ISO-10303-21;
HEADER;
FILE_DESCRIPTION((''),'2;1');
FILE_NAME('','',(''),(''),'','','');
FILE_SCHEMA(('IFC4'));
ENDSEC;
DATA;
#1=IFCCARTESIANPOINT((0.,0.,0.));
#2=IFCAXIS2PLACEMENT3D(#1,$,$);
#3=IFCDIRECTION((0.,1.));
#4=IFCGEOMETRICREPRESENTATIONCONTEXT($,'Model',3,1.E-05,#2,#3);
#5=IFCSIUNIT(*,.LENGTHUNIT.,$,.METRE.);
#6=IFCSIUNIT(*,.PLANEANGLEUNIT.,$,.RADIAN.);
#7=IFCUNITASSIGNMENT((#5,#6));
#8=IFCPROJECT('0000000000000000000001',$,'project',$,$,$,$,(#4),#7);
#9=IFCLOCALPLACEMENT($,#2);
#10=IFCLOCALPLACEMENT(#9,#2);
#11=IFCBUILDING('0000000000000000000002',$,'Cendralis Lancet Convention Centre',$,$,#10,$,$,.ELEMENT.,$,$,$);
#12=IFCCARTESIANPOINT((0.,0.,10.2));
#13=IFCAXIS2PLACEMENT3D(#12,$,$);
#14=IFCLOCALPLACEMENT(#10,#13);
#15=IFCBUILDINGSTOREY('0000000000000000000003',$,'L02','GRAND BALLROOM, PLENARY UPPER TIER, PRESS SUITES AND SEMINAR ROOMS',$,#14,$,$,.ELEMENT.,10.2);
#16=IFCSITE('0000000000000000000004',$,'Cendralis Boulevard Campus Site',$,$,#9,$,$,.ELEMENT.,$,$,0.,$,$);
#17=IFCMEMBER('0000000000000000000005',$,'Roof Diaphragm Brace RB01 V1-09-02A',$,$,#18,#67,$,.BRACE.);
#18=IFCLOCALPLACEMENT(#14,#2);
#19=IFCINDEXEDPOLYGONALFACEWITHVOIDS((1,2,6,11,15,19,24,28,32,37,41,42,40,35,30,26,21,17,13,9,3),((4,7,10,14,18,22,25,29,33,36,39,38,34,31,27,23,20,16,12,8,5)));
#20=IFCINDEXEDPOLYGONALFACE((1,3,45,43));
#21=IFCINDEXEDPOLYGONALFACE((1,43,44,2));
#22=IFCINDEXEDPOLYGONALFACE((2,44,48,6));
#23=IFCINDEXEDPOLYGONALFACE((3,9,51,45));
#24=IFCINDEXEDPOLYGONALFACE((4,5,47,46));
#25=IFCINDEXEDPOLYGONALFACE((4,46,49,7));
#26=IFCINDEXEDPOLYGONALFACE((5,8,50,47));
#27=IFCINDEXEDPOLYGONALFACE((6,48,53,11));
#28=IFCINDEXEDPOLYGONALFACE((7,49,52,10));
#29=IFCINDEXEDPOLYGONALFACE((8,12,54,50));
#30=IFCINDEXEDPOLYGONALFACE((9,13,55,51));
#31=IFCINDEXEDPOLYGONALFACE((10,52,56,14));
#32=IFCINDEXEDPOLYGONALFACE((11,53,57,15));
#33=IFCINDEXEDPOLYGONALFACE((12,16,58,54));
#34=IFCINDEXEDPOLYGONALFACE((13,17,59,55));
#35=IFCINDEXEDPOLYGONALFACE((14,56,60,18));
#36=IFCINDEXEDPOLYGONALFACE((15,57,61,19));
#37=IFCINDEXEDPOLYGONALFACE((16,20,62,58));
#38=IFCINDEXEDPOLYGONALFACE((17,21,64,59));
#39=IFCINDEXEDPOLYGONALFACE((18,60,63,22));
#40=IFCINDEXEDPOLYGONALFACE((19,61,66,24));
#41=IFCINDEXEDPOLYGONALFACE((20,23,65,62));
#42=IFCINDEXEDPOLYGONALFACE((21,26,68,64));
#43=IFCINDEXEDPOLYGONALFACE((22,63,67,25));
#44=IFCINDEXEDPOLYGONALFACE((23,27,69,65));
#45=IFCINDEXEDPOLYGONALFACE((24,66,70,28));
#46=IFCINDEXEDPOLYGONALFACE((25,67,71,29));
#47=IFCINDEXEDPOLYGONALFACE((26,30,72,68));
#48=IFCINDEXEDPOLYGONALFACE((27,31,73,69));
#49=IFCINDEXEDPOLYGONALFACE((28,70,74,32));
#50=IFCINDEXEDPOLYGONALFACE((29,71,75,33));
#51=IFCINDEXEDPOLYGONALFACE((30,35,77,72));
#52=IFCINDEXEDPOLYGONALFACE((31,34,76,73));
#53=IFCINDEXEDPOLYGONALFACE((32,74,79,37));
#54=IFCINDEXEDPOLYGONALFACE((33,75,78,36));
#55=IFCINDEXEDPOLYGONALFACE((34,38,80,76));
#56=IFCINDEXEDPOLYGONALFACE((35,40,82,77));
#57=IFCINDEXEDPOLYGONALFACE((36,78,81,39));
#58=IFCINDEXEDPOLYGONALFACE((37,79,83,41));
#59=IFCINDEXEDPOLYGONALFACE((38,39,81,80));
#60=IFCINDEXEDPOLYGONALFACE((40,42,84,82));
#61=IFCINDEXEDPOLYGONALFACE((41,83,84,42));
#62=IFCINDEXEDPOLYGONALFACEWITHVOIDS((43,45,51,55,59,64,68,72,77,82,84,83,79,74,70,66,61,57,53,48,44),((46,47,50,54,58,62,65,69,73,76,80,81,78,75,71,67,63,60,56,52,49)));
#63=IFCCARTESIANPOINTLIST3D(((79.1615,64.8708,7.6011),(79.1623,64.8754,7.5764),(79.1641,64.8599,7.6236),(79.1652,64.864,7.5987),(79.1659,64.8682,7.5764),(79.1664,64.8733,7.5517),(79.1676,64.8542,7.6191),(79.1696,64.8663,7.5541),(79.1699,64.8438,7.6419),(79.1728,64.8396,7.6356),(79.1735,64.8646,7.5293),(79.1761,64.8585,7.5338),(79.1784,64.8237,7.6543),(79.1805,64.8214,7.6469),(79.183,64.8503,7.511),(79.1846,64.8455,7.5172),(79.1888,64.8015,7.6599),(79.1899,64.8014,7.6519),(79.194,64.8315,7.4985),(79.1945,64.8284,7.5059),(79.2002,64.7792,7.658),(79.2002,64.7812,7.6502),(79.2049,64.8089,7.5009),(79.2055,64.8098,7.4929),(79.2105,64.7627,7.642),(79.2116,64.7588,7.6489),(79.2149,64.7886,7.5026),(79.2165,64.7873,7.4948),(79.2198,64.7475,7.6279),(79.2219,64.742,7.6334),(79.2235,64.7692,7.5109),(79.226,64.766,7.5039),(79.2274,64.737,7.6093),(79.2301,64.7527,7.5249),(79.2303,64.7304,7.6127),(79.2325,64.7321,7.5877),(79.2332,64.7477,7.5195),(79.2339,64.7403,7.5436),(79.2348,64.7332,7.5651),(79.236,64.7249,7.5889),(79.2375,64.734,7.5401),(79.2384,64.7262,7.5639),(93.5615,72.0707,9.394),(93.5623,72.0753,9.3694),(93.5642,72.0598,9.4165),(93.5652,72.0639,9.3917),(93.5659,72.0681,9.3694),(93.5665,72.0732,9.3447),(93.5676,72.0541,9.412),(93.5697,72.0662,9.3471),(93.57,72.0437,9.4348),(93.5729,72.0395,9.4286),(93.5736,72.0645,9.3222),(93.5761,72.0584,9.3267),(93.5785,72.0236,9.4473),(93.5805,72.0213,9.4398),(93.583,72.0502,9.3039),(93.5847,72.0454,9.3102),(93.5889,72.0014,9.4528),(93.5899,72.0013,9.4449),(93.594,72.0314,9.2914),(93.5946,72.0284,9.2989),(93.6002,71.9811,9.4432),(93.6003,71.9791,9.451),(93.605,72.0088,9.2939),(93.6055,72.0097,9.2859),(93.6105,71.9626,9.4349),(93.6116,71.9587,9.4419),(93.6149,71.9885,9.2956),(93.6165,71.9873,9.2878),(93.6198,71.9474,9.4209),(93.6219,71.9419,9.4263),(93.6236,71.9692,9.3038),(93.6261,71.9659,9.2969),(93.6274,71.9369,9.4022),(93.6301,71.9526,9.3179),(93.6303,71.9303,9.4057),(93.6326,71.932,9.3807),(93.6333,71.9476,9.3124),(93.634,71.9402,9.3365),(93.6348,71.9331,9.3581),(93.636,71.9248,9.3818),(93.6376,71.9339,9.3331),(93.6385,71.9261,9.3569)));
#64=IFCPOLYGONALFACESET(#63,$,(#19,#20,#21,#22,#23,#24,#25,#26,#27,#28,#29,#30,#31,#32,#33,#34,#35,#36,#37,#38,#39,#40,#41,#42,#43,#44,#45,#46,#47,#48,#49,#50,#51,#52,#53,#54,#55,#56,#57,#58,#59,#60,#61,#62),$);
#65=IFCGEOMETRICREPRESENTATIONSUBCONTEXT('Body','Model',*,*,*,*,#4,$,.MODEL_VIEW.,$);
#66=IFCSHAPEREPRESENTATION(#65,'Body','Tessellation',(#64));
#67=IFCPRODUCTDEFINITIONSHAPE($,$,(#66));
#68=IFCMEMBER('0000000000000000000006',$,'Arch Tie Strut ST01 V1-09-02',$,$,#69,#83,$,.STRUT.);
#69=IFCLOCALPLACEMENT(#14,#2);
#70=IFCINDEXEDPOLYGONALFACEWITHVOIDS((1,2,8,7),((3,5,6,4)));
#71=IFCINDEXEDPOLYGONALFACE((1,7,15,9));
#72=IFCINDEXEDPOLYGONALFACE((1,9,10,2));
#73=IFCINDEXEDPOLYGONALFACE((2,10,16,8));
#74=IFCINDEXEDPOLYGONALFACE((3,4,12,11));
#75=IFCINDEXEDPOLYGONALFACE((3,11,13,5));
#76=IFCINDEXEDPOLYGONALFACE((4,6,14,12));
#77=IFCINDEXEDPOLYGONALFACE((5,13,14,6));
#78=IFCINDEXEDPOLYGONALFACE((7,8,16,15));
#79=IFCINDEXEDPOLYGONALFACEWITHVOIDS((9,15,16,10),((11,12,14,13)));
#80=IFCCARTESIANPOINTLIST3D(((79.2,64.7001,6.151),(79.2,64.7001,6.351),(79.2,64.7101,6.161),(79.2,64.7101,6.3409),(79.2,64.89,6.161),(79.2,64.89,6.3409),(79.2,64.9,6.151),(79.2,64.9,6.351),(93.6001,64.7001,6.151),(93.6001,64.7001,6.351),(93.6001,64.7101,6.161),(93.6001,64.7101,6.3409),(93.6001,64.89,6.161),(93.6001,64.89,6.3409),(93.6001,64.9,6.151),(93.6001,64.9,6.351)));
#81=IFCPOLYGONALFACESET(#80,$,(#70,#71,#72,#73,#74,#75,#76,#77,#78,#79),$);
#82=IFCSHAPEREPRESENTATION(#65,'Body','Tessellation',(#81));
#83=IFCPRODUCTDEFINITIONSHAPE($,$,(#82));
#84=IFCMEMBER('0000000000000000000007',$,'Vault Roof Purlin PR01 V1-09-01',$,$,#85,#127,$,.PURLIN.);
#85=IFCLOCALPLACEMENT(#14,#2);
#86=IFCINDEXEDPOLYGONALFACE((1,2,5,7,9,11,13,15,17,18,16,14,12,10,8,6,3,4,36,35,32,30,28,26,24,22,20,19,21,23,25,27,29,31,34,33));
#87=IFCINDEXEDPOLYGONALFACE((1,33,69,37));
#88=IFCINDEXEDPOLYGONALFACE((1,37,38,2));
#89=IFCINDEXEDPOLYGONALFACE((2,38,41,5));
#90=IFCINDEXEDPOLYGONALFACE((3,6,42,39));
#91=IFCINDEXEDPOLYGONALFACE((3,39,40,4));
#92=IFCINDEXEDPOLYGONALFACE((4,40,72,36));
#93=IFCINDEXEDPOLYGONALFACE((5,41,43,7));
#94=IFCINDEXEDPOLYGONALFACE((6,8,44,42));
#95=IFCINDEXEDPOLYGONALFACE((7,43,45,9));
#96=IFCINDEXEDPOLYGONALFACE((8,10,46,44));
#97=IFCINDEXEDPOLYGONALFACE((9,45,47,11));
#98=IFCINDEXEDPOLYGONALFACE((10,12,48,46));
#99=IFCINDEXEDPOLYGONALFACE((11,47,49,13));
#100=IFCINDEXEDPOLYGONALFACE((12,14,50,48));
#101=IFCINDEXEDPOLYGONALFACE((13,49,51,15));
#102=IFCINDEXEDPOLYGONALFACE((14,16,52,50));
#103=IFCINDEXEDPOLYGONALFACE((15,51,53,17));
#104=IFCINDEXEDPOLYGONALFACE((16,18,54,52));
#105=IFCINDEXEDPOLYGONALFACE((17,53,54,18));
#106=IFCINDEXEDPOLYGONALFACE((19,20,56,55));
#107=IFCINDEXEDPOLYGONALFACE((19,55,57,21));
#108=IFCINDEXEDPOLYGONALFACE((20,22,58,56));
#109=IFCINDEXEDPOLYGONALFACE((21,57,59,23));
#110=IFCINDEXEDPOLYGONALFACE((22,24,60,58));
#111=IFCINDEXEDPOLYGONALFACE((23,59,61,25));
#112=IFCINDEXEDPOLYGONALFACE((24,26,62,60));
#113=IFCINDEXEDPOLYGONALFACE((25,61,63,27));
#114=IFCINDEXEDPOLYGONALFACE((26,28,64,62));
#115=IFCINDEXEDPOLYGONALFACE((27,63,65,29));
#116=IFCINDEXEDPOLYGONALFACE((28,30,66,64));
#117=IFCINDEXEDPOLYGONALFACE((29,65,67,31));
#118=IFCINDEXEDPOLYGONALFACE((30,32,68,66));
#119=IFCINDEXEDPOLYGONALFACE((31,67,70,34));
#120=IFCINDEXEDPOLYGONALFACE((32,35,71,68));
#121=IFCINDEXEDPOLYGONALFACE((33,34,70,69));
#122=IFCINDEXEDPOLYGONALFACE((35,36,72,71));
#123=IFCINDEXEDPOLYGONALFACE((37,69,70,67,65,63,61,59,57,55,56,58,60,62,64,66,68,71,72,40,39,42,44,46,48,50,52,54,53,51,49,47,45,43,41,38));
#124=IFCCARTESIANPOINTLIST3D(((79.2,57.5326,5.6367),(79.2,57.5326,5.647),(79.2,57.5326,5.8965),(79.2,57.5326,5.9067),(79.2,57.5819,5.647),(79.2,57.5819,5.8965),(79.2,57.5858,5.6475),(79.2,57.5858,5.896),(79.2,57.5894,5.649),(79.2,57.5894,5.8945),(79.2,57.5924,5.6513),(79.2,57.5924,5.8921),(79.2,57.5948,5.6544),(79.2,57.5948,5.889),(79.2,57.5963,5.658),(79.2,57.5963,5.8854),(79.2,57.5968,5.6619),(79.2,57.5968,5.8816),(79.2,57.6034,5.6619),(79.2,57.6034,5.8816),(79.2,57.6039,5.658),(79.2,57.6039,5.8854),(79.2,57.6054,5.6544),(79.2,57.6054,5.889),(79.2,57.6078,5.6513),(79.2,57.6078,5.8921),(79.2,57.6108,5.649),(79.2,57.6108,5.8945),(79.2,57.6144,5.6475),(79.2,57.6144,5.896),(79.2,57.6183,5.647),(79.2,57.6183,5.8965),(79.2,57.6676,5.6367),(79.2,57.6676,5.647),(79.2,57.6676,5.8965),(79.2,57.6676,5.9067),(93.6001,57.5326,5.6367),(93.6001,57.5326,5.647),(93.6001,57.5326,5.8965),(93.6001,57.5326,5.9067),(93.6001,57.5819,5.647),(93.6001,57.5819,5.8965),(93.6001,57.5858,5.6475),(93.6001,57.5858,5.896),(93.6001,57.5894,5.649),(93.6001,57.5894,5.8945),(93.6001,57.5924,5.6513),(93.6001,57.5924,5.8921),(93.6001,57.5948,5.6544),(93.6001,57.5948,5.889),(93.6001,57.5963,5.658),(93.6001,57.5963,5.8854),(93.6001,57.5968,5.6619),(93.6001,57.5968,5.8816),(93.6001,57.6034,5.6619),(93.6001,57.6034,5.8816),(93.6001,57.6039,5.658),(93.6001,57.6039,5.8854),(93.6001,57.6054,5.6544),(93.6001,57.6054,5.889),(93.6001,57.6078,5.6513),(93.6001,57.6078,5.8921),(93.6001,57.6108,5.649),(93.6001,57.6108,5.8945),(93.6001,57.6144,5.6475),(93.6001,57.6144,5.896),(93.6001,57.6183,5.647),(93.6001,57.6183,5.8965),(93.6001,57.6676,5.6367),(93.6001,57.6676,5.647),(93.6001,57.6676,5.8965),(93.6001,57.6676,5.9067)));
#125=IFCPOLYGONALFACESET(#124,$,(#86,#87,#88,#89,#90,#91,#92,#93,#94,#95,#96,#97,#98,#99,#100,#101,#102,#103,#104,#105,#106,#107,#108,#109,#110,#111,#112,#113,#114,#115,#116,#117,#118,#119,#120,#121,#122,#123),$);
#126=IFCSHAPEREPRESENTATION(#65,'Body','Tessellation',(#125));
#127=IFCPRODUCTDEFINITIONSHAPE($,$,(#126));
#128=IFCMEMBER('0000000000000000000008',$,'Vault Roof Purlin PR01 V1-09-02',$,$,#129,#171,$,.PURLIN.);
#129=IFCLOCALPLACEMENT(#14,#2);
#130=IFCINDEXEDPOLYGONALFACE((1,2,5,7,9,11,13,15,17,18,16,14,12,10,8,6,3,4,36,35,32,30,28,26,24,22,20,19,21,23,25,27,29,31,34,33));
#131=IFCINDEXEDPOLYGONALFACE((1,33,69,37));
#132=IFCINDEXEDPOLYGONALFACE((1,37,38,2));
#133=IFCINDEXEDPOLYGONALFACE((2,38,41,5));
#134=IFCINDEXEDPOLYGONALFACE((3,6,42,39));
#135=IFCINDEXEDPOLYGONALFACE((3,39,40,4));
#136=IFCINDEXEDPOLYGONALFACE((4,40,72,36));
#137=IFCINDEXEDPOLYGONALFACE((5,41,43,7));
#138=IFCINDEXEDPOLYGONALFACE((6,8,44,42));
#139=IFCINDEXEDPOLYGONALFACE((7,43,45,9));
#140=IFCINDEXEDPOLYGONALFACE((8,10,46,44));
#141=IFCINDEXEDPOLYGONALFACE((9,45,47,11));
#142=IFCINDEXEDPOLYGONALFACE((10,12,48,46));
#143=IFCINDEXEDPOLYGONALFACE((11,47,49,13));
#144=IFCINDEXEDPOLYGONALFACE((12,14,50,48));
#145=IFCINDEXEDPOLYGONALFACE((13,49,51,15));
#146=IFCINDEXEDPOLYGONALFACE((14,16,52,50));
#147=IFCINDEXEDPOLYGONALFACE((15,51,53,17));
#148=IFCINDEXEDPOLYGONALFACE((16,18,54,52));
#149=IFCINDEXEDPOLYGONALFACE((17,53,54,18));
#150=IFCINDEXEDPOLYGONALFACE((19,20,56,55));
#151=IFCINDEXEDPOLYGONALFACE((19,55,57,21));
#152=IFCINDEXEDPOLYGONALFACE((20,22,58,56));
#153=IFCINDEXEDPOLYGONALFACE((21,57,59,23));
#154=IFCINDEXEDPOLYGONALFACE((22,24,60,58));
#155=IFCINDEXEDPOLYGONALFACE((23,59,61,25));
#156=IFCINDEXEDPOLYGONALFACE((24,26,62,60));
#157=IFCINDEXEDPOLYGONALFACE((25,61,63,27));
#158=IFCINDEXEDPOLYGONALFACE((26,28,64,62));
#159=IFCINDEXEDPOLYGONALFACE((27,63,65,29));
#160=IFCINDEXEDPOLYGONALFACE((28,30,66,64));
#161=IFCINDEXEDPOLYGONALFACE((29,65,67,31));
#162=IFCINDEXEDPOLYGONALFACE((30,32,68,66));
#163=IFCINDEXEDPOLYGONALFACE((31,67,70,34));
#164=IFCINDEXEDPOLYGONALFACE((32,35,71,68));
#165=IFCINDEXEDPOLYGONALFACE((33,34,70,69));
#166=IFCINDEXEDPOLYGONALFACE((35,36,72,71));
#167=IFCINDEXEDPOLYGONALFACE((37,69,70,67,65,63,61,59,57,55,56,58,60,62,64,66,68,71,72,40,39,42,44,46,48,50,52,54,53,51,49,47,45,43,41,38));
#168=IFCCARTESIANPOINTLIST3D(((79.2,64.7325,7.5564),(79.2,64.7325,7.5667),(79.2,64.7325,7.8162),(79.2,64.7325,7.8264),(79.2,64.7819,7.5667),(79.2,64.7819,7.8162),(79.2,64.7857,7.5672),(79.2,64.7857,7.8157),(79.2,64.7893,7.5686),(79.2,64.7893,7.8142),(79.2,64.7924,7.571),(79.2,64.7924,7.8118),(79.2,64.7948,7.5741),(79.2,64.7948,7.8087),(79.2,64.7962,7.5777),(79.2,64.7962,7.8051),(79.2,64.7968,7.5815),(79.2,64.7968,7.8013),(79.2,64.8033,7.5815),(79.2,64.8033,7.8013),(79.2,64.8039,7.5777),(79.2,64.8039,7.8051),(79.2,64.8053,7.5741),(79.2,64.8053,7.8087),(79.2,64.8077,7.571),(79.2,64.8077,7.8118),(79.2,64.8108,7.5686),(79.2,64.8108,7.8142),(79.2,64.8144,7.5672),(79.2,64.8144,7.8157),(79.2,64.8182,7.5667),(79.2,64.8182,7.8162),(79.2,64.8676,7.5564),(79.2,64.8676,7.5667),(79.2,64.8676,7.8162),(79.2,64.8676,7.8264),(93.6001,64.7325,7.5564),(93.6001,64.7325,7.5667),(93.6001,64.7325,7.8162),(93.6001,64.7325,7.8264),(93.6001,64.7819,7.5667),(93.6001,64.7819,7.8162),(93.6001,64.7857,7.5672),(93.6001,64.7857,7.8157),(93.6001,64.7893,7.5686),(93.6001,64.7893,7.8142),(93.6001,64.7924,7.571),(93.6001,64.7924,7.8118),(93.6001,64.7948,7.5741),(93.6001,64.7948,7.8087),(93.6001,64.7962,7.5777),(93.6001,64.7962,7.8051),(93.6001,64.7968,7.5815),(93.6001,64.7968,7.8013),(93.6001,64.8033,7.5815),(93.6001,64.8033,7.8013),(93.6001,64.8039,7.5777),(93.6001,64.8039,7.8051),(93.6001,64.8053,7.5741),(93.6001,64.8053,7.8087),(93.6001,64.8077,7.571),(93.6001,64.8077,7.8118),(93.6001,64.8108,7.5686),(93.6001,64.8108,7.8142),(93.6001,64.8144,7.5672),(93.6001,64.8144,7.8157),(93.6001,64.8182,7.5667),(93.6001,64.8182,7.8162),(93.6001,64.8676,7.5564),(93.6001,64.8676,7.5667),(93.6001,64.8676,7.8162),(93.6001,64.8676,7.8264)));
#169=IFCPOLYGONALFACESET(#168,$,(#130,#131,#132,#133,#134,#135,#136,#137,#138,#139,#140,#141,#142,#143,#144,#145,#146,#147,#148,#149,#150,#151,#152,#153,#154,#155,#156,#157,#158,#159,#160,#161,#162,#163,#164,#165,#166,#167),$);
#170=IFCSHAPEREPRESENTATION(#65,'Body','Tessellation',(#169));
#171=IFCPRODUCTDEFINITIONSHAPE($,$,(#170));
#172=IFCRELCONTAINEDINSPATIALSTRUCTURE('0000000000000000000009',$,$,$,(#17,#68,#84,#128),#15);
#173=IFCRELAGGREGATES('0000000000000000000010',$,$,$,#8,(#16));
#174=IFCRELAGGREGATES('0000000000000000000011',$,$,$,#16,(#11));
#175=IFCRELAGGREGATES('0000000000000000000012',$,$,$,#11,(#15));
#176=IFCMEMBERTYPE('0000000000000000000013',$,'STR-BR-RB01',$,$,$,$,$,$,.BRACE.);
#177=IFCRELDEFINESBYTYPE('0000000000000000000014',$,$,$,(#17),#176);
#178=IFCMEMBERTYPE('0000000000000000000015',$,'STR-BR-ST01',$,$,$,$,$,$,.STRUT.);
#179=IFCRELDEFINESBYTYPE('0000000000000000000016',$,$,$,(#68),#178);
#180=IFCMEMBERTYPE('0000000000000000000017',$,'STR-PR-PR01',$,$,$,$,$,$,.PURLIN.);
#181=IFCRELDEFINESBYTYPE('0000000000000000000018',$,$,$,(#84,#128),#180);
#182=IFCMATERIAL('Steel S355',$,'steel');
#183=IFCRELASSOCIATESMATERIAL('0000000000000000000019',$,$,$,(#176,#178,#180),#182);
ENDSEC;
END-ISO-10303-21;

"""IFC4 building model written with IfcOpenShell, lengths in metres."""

from ifc_helpers import new_model, si_unit, direction, frame, origin, origin_2d, place, context, subcontext, project, spatial, hollow_rectangle, hollow_circle, i_section, extrude, material, material_profile, profile_set, type_object, element, save


model = new_model("IFC4")

# Units and contexts
model_context = context("Model", 3, precision=1e-05, world=origin(), true_north=direction((0.0, 1.0)))
body_context = subcontext(model_context, "Body", "Model", "MODEL_VIEW")
ifc_project = project(units=[si_unit("LENGTHUNIT", "METRE"), si_unit("PLANEANGLEUNIT", "RADIAN")], contexts=[model_context])

# Site, building, storey
site_placement = place(None, origin())
site = spatial("IfcSite", under=ifc_project, at=site_placement, Name="Cendralis Boulevard Campus Site", CompositionType="ELEMENT", RefElevation=0.0)
building_placement = place(site_placement, origin())
building = spatial("IfcBuilding", under=site, at=building_placement, Name="Cendralis Lancet Convention Centre", CompositionType="ELEMENT")
storey_placement = place(building_placement, frame((0.0, 0.0, 10.2)))
storey = spatial("IfcBuildingStorey", under=building, at=storey_placement, Name="L02", Description="GRAND BALLROOM, PLENARY UPPER TIER, PRESS SUITES AND SEMINAR ROOMS", CompositionType="ELEMENT", Elevation=10.2)

# Members
ifc_material = material(Name="Steel S355", Category="steel")
ifc_material_profile_1 = material_profile(ifc_material, hollow_circle(Radius=0.0842, WallThickness=0.0081, at=origin_2d()), Name="CHS 168.3x8.0")
ifc_profile_set_1 = profile_set([ifc_material_profile_1], Name="Steel S355")
member_type_1 = type_object("IfcMemberType", Name="STR-BR-RB01", PredefinedType="BRACE", material=ifc_profile_set_1)
member_1_placement = place(storey_placement, frame((79.2, 64.8, 7.5764), z_axis=(0.888935, 0.44446, 0.110682), x_axis=(-0.447208, 0.89443, 0.0)))
element("IfcMember", 1, at=member_1_placement, inside=storey, type_object=member_type_1, Name="Roof Diaphragm Brace RB01 V1-09-02A", PredefinedType="BRACE", context=body_context, shape_type="SweptSolid", body=[
    extrude(hollow_circle(Radius=0.0842, WallThickness=0.0081, at=origin_2d()), origin(), (0.0, 0.0, 1.0), 16.1992),
])
ifc_material_profile_2 = material_profile(ifc_material, hollow_rectangle(XDim=0.2, YDim=0.2, WallThickness=0.01, at=origin_2d()), Name="SHS 200x200x10.0")
ifc_profile_set_2 = profile_set([ifc_material_profile_2], Name="Steel S355")
member_type_2 = type_object("IfcMemberType", Name="STR-BR-ST01", PredefinedType="STRUT", material=ifc_profile_set_2)
member_2_placement = place(storey_placement, frame((79.2, 64.8, 6.251), z_axis=(1.0, 0.0, 0.0), x_axis=(0.0, 1.0, 0.0)))
element("IfcMember", 2, at=member_2_placement, inside=storey, type_object=member_type_2, Name="Arch Tie Strut ST01 V1-09-02", PredefinedType="STRUT", context=body_context, shape_type="SweptSolid", body=[
    extrude(hollow_rectangle(XDim=0.2, YDim=0.2, WallThickness=0.01, at=origin_2d()), origin(), (0.0, 0.0, 1.0), 14.4001),
])
ifc_material_profile_3 = material_profile(ifc_material, i_section(OverallWidth=0.135, OverallDepth=0.27, WebThickness=0.0066, FlangeThickness=0.0103, FilletRadius=0.0149, at=origin_2d()), Name="IPE 270")
ifc_profile_set_3 = profile_set([ifc_material_profile_3], Name="Steel S355")
member_type_3 = type_object("IfcMemberType", Name="STR-PR-PR01", PredefinedType="PURLIN", material=ifc_profile_set_3)
for number, where, z_axis, x_axis, name in (
    (3, (79.2, 57.6001, 5.7717), (1.0, 0.0, 0.0), (0.0, 1.0, 0.0), "Vault Roof Purlin PR01 V1-09-01"),
    (4, (79.2, 64.8, 7.6914), (1.0, 0.0, 0.0), (0.0, 1.0, 0.0), "Vault Roof Purlin PR01 V1-09-02"),
):
    element("IfcMember", number, at=place(storey_placement, frame(where, z_axis=z_axis, x_axis=x_axis)), inside=storey, type_object=member_type_3, Name=name, PredefinedType="PURLIN", context=body_context, shape_type="SweptSolid", body=[
        extrude(i_section(OverallWidth=0.135, OverallDepth=0.27, WebThickness=0.0066, FlangeThickness=0.0103, FilletRadius=0.0149, at=origin_2d()), origin(), (0.0, 0.0, 1.0), 14.4001),
    ])

save(model, "model.ifc")
